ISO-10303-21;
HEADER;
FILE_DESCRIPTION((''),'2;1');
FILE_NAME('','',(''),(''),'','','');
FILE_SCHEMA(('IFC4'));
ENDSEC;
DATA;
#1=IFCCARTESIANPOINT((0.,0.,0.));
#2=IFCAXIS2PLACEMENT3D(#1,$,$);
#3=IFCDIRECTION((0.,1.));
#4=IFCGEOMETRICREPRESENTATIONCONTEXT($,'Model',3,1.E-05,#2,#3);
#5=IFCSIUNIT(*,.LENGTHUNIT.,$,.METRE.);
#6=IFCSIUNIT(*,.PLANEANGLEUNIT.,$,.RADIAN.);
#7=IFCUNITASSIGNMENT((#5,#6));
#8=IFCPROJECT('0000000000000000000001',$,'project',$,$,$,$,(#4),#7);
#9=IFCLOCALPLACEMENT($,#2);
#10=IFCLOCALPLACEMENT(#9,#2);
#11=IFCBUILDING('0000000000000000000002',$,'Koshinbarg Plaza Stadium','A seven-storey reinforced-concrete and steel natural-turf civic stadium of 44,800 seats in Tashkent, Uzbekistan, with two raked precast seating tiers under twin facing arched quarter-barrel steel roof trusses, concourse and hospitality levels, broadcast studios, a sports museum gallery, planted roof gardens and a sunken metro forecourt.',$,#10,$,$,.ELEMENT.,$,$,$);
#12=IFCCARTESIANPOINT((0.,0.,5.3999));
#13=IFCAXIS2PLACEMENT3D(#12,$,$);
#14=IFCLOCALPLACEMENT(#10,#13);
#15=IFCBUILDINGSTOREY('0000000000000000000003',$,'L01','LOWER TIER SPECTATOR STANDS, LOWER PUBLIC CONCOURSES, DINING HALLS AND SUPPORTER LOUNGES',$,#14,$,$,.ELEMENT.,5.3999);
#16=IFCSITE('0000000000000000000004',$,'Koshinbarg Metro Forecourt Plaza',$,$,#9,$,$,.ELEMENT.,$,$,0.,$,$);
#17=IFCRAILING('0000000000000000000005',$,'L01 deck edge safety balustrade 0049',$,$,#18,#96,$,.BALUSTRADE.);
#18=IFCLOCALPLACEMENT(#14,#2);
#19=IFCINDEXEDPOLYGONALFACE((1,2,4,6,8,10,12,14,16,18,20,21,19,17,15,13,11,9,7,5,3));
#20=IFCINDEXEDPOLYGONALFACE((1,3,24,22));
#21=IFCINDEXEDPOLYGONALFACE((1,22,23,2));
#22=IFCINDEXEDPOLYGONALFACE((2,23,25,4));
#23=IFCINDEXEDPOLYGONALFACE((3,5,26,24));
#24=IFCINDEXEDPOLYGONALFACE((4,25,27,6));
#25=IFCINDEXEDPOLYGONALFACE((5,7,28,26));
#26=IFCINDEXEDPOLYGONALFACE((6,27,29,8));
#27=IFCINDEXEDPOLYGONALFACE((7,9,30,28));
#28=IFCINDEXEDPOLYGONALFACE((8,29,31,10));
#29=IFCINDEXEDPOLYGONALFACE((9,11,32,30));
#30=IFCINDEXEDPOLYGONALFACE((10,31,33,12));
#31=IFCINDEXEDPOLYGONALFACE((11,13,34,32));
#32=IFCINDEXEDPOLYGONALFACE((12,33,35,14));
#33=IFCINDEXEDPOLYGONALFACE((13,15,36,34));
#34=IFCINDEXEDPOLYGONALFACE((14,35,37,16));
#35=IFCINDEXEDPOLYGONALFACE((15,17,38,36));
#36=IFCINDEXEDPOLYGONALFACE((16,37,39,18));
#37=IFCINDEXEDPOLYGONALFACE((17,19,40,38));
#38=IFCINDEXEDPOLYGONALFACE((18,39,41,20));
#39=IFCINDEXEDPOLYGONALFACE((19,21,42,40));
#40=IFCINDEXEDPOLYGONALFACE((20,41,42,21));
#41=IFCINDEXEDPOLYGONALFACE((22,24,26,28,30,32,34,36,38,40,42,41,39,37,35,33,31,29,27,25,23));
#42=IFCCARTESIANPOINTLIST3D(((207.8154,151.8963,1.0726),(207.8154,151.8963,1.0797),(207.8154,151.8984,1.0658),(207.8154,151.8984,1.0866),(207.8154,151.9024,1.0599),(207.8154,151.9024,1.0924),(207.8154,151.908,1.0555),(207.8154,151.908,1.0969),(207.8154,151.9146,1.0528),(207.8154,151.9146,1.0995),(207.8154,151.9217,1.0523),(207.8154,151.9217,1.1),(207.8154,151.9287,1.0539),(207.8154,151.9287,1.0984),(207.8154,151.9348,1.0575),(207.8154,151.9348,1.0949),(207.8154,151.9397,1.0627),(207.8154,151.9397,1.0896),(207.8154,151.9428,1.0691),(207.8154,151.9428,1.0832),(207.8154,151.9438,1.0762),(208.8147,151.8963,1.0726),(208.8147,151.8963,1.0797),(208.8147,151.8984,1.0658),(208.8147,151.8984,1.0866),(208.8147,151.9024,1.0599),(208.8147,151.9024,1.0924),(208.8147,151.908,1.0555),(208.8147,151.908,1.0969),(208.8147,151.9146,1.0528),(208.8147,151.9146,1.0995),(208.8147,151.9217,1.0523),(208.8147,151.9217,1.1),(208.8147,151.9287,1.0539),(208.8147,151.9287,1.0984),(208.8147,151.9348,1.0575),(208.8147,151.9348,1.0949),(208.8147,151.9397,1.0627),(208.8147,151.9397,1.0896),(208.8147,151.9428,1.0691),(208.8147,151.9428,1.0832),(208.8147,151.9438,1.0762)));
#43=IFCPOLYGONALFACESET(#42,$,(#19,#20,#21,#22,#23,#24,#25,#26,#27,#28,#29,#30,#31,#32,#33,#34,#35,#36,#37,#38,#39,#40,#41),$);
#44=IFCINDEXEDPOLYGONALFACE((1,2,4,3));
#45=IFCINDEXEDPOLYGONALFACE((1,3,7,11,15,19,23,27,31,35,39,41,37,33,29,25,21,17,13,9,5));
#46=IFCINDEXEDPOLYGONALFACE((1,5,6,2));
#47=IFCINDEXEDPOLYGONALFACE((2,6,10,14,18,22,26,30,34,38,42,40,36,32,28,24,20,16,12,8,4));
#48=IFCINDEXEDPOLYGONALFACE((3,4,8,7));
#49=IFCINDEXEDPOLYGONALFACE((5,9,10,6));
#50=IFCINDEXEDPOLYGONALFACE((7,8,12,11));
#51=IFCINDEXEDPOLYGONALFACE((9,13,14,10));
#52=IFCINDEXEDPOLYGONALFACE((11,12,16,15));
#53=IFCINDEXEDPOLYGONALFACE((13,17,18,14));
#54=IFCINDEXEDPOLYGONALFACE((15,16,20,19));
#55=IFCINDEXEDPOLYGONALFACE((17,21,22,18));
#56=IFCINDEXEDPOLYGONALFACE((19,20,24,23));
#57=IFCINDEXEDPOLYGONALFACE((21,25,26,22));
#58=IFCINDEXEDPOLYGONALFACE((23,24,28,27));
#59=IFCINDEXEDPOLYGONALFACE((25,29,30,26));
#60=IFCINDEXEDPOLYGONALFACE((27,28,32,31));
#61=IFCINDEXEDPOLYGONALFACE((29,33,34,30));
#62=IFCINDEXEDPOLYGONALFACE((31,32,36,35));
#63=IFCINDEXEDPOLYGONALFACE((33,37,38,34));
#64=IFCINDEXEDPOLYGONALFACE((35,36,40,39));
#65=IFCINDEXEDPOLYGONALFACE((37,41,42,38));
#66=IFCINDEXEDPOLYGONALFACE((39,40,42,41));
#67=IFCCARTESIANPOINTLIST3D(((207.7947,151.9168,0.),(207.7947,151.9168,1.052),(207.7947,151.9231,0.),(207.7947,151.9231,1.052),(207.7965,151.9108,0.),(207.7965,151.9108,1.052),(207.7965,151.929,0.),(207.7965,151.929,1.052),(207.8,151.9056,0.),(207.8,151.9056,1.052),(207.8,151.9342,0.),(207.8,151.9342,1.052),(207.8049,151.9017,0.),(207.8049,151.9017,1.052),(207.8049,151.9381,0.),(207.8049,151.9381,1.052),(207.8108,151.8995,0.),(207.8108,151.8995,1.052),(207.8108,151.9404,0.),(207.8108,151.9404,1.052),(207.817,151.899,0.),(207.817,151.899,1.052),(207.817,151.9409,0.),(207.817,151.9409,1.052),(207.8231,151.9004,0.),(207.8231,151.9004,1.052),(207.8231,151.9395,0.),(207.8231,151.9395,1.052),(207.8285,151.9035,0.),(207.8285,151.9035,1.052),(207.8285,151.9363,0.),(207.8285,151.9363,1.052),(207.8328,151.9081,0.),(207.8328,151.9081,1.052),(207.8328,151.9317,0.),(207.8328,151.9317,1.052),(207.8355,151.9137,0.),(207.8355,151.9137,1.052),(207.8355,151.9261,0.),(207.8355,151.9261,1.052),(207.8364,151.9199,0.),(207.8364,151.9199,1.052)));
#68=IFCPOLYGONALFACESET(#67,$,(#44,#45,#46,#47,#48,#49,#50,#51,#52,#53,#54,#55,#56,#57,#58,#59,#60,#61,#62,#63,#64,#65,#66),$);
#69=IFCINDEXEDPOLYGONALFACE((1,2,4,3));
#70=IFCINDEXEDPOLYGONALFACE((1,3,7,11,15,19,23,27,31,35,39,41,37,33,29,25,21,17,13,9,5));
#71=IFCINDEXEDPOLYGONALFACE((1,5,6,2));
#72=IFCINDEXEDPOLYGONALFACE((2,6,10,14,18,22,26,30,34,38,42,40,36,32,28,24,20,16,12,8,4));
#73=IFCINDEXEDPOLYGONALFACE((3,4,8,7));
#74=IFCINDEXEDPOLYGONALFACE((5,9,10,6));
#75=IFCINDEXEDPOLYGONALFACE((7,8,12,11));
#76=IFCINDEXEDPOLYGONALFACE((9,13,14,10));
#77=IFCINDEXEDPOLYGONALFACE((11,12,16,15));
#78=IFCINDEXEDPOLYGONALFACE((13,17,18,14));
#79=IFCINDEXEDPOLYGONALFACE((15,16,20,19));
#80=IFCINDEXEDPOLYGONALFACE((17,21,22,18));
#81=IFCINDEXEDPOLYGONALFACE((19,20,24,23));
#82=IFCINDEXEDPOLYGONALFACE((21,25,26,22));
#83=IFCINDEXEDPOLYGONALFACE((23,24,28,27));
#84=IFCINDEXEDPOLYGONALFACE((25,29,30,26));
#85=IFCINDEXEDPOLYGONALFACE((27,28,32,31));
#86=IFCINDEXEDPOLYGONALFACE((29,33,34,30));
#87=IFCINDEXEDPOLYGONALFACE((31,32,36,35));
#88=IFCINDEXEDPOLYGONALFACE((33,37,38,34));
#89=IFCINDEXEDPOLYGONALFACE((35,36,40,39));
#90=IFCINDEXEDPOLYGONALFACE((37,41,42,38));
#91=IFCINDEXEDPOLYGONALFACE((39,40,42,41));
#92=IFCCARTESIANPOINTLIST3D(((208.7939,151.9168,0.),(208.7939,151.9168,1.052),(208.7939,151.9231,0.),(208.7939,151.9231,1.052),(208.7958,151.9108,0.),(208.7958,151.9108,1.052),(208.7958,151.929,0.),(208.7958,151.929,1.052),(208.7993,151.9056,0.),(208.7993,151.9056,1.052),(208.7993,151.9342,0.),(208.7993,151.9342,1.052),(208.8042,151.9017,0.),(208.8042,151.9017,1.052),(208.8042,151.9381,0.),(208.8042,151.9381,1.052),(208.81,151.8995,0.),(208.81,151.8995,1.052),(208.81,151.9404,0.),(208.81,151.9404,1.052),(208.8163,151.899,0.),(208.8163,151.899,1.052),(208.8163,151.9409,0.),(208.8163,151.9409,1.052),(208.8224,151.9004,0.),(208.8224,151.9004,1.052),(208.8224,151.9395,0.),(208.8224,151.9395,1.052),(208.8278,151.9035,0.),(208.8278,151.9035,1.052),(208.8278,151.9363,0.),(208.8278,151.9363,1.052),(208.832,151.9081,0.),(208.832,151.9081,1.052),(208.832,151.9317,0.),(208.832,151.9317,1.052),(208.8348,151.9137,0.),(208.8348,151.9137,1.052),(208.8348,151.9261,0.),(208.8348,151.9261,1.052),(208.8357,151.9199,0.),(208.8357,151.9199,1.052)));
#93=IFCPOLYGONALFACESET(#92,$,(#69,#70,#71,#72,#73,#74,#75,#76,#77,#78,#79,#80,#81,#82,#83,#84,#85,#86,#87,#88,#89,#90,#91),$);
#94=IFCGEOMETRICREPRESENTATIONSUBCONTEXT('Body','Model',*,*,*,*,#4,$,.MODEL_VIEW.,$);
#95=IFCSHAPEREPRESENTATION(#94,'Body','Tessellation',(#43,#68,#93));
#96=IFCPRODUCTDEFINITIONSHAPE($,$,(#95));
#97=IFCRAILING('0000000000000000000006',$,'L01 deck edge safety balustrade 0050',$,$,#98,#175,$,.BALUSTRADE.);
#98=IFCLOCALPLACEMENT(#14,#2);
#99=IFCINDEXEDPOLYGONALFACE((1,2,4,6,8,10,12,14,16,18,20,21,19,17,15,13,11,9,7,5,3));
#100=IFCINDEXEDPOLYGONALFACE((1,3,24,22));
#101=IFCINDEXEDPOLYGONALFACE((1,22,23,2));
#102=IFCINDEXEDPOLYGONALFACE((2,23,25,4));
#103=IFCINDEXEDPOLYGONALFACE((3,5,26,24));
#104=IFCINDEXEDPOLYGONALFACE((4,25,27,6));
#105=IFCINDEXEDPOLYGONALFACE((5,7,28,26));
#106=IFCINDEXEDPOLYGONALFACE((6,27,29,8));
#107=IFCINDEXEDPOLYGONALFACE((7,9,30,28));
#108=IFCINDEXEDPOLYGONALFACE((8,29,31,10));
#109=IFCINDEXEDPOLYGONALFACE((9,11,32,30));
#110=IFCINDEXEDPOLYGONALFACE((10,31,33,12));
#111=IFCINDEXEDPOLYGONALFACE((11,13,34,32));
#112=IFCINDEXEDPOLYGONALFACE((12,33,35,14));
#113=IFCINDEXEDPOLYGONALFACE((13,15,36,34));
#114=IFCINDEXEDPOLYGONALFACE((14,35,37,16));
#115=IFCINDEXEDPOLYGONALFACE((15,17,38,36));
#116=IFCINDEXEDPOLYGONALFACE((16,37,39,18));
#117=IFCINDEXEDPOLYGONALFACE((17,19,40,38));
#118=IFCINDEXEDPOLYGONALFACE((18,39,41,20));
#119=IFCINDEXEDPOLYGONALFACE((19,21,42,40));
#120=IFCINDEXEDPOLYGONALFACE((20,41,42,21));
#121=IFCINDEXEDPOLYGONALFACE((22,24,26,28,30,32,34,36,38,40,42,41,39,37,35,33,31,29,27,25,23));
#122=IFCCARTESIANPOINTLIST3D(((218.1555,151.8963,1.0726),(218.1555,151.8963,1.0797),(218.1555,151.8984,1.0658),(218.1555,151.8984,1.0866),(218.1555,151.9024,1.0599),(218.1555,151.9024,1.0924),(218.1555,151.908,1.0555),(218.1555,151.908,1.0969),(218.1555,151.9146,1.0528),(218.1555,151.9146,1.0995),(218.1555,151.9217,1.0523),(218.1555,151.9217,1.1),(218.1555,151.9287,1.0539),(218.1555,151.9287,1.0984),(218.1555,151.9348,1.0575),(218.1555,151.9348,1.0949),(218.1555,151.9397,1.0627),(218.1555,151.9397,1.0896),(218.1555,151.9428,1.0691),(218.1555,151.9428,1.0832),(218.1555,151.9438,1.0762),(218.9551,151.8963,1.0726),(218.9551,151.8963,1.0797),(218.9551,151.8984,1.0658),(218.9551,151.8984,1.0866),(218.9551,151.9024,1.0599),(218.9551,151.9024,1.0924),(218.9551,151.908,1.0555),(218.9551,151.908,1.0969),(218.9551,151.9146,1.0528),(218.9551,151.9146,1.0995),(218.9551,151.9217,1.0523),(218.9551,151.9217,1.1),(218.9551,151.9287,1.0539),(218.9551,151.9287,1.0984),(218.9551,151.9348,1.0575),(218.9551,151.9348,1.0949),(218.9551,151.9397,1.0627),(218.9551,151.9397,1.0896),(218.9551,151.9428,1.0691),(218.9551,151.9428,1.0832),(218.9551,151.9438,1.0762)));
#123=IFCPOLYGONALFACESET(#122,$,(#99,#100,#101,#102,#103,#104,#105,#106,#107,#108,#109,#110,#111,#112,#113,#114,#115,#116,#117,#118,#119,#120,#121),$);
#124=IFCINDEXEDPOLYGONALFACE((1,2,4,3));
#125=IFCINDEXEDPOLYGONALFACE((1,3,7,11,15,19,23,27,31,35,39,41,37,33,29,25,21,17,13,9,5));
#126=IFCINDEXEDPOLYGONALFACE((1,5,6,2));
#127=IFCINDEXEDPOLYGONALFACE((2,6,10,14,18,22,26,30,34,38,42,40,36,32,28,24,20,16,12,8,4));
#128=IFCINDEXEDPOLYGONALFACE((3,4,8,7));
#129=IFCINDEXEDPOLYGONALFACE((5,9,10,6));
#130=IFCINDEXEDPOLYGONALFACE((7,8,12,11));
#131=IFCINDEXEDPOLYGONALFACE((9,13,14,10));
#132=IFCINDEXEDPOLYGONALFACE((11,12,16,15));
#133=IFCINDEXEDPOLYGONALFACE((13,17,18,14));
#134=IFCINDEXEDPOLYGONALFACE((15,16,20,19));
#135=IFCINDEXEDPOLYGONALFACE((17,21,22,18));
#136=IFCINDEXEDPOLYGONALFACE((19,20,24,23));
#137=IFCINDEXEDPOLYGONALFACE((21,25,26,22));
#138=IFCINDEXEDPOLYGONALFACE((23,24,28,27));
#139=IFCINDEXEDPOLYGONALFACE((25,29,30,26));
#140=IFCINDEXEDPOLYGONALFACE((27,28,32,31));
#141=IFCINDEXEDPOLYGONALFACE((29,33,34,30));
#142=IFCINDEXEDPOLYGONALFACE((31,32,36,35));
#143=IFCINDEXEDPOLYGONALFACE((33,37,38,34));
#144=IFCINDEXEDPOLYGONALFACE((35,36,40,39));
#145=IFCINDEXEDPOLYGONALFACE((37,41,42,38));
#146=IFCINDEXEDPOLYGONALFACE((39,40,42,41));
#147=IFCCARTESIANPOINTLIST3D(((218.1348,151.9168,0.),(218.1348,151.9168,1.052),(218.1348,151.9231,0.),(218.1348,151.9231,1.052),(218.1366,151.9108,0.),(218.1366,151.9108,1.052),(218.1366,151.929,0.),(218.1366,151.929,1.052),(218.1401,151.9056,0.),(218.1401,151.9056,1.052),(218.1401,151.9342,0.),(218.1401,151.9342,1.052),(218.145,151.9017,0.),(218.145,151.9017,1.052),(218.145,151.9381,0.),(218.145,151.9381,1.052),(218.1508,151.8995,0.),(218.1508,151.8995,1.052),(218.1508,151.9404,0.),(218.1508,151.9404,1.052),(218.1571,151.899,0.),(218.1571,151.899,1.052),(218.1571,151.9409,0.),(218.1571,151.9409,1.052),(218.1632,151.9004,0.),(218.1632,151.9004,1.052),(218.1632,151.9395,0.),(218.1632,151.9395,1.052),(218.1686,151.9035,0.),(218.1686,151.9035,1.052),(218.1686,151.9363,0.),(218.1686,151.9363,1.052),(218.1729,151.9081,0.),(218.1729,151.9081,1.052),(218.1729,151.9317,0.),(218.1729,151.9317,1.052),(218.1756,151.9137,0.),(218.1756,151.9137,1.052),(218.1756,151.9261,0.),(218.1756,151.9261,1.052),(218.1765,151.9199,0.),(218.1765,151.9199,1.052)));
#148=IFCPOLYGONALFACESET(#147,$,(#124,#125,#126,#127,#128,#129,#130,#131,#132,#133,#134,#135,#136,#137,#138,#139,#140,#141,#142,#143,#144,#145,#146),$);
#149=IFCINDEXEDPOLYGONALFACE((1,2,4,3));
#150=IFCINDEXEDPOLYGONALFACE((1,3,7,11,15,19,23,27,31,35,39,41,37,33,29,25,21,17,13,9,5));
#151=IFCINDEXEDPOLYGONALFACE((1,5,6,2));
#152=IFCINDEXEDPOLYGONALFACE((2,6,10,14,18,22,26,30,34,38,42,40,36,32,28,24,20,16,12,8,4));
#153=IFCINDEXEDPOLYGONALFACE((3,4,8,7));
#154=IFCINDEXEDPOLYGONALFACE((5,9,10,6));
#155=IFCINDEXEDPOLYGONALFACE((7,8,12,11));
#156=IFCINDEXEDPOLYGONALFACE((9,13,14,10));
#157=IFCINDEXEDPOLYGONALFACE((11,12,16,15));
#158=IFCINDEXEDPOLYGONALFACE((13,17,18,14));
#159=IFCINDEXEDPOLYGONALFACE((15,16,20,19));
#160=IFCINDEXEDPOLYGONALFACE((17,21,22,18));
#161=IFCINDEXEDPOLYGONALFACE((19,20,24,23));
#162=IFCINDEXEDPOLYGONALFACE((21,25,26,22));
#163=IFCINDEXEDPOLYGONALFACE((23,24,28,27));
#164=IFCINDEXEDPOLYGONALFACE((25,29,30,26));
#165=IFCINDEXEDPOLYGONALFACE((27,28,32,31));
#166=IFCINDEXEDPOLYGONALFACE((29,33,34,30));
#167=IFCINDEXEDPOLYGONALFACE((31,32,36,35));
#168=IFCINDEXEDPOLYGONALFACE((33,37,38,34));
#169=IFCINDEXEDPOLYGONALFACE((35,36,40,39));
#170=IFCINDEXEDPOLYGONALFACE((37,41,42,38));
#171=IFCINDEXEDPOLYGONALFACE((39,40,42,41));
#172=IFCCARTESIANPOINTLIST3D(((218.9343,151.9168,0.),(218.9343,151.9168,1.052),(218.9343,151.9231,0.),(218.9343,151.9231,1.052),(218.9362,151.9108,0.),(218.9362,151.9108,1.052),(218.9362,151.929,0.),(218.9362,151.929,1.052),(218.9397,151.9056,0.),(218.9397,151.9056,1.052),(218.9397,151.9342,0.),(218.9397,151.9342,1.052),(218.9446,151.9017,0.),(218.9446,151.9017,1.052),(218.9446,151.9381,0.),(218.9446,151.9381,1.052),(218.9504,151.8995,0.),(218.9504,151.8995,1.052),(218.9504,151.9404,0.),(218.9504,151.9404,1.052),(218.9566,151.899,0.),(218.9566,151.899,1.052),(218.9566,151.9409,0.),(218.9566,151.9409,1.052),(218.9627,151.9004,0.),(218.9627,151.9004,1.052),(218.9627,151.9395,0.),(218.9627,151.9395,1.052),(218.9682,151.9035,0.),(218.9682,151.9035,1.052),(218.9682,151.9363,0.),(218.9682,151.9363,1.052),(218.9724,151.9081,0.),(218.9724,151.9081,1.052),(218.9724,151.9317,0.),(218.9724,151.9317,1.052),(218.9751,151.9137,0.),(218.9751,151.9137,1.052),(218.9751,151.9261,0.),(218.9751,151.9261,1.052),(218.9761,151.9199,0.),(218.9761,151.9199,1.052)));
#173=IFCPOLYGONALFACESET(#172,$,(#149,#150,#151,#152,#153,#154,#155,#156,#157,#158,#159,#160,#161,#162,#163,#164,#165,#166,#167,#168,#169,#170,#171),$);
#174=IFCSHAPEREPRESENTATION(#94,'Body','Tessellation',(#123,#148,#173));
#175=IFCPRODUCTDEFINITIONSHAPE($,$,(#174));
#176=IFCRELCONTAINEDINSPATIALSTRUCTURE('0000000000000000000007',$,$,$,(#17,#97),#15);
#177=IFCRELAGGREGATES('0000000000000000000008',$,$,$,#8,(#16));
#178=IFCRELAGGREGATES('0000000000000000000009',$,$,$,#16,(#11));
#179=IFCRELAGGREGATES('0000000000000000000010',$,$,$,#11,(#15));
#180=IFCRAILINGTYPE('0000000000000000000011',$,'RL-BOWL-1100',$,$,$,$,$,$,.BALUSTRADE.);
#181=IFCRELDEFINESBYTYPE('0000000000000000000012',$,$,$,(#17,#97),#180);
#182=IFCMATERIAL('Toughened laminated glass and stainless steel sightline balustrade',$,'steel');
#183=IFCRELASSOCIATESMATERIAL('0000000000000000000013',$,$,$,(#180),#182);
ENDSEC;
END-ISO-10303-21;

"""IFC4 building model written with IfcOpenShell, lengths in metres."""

from ifc_helpers import new_model, si_unit, direction, frame, origin, origin_2d, place, context, subcontext, project, spatial, circle, extrude, material, type_object, element, save


model = new_model("IFC4")

# Units and contexts
model_context = context("Model", 3, precision=1e-05, world=origin(), true_north=direction((0.0, 1.0)))
body_context = subcontext(model_context, "Body", "Model", "MODEL_VIEW")
ifc_project = project(units=[si_unit("LENGTHUNIT", "METRE"), si_unit("PLANEANGLEUNIT", "RADIAN")], contexts=[model_context])

# Site, building, storey
site_placement = place(None, origin())
site = spatial("IfcSite", under=ifc_project, at=site_placement, Name="Koshinbarg Metro Forecourt Plaza", CompositionType="ELEMENT", RefElevation=0.0)
building_placement = place(site_placement, origin())
building = spatial("IfcBuilding", under=site, at=building_placement, Name="Koshinbarg Plaza Stadium", Description="A seven-storey reinforced-concrete and steel natural-turf civic stadium of 44,800 seats in Tashkent, Uzbekistan, with two raked precast seating tiers under twin facing arched quarter-barrel steel roof trusses, concourse and hospitality levels, broadcast studios, a sports museum gallery, planted roof gardens and a sunken metro forecourt.", CompositionType="ELEMENT")
storey_placement = place(building_placement, frame((0.0, 0.0, 5.3999)))
storey = spatial("IfcBuildingStorey", under=building, at=storey_placement, Name="L01", Description="LOWER TIER SPECTATOR STANDS, LOWER PUBLIC CONCOURSES, DINING HALLS AND SUPPORTER LOUNGES", CompositionType="ELEMENT", Elevation=5.3999)

# Railings
ifc_material_1 = material(Name="Toughened laminated glass and stainless steel sightline balustrade", Category="steel")
railing_type = type_object("IfcRailingType", Name="RL-BOWL-1100", PredefinedType="BALUSTRADE", material=ifc_material_1)
railing_1_placement = place(storey_placement, frame((207.8154, 151.9199, 0.0)))
element("IfcRailing", 1, at=railing_1_placement, inside=storey, type_object=railing_type, Name="L01 deck edge safety balustrade 0049", PredefinedType="BALUSTRADE", context=body_context, shape_type="SweptSolid", body=[
    extrude(circle(Radius=0.0239, at=origin_2d()), frame((0.0, 0.0, 1.0762), z_axis=(1.0, 0.0, 0.0), x_axis=(0.0, 1.0, 0.0)), (0.0, 0.0, 1.0), 0.9993),
    extrude(circle(Radius=0.021, at=origin_2d()), origin(), (0.0, 0.0, 1.0), 1.052),
    extrude(circle(Radius=0.021, at=origin_2d()), frame((0.9993, 0.0, 0.0)), (0.0, 0.0, 1.0), 1.052),
])
railing_2_placement = place(storey_placement, frame((218.1555, 151.9199, 0.0)))
element("IfcRailing", 2, at=railing_2_placement, inside=storey, type_object=railing_type, Name="L01 deck edge safety balustrade 0050", PredefinedType="BALUSTRADE", context=body_context, shape_type="SweptSolid", body=[
    extrude(circle(Radius=0.0239, at=origin_2d()), frame((0.0, 0.0, 1.0762), z_axis=(1.0, 0.0, 0.0), x_axis=(0.0, 1.0, 0.0)), (0.0, 0.0, 1.0), 0.7996),
    extrude(circle(Radius=0.021, at=origin_2d()), origin(), (0.0, 0.0, 1.0), 1.052),
    extrude(circle(Radius=0.021, at=origin_2d()), frame((0.7996, 0.0, 0.0)), (0.0, 0.0, 1.0), 1.052),
])

save(model, "model.ifc")
